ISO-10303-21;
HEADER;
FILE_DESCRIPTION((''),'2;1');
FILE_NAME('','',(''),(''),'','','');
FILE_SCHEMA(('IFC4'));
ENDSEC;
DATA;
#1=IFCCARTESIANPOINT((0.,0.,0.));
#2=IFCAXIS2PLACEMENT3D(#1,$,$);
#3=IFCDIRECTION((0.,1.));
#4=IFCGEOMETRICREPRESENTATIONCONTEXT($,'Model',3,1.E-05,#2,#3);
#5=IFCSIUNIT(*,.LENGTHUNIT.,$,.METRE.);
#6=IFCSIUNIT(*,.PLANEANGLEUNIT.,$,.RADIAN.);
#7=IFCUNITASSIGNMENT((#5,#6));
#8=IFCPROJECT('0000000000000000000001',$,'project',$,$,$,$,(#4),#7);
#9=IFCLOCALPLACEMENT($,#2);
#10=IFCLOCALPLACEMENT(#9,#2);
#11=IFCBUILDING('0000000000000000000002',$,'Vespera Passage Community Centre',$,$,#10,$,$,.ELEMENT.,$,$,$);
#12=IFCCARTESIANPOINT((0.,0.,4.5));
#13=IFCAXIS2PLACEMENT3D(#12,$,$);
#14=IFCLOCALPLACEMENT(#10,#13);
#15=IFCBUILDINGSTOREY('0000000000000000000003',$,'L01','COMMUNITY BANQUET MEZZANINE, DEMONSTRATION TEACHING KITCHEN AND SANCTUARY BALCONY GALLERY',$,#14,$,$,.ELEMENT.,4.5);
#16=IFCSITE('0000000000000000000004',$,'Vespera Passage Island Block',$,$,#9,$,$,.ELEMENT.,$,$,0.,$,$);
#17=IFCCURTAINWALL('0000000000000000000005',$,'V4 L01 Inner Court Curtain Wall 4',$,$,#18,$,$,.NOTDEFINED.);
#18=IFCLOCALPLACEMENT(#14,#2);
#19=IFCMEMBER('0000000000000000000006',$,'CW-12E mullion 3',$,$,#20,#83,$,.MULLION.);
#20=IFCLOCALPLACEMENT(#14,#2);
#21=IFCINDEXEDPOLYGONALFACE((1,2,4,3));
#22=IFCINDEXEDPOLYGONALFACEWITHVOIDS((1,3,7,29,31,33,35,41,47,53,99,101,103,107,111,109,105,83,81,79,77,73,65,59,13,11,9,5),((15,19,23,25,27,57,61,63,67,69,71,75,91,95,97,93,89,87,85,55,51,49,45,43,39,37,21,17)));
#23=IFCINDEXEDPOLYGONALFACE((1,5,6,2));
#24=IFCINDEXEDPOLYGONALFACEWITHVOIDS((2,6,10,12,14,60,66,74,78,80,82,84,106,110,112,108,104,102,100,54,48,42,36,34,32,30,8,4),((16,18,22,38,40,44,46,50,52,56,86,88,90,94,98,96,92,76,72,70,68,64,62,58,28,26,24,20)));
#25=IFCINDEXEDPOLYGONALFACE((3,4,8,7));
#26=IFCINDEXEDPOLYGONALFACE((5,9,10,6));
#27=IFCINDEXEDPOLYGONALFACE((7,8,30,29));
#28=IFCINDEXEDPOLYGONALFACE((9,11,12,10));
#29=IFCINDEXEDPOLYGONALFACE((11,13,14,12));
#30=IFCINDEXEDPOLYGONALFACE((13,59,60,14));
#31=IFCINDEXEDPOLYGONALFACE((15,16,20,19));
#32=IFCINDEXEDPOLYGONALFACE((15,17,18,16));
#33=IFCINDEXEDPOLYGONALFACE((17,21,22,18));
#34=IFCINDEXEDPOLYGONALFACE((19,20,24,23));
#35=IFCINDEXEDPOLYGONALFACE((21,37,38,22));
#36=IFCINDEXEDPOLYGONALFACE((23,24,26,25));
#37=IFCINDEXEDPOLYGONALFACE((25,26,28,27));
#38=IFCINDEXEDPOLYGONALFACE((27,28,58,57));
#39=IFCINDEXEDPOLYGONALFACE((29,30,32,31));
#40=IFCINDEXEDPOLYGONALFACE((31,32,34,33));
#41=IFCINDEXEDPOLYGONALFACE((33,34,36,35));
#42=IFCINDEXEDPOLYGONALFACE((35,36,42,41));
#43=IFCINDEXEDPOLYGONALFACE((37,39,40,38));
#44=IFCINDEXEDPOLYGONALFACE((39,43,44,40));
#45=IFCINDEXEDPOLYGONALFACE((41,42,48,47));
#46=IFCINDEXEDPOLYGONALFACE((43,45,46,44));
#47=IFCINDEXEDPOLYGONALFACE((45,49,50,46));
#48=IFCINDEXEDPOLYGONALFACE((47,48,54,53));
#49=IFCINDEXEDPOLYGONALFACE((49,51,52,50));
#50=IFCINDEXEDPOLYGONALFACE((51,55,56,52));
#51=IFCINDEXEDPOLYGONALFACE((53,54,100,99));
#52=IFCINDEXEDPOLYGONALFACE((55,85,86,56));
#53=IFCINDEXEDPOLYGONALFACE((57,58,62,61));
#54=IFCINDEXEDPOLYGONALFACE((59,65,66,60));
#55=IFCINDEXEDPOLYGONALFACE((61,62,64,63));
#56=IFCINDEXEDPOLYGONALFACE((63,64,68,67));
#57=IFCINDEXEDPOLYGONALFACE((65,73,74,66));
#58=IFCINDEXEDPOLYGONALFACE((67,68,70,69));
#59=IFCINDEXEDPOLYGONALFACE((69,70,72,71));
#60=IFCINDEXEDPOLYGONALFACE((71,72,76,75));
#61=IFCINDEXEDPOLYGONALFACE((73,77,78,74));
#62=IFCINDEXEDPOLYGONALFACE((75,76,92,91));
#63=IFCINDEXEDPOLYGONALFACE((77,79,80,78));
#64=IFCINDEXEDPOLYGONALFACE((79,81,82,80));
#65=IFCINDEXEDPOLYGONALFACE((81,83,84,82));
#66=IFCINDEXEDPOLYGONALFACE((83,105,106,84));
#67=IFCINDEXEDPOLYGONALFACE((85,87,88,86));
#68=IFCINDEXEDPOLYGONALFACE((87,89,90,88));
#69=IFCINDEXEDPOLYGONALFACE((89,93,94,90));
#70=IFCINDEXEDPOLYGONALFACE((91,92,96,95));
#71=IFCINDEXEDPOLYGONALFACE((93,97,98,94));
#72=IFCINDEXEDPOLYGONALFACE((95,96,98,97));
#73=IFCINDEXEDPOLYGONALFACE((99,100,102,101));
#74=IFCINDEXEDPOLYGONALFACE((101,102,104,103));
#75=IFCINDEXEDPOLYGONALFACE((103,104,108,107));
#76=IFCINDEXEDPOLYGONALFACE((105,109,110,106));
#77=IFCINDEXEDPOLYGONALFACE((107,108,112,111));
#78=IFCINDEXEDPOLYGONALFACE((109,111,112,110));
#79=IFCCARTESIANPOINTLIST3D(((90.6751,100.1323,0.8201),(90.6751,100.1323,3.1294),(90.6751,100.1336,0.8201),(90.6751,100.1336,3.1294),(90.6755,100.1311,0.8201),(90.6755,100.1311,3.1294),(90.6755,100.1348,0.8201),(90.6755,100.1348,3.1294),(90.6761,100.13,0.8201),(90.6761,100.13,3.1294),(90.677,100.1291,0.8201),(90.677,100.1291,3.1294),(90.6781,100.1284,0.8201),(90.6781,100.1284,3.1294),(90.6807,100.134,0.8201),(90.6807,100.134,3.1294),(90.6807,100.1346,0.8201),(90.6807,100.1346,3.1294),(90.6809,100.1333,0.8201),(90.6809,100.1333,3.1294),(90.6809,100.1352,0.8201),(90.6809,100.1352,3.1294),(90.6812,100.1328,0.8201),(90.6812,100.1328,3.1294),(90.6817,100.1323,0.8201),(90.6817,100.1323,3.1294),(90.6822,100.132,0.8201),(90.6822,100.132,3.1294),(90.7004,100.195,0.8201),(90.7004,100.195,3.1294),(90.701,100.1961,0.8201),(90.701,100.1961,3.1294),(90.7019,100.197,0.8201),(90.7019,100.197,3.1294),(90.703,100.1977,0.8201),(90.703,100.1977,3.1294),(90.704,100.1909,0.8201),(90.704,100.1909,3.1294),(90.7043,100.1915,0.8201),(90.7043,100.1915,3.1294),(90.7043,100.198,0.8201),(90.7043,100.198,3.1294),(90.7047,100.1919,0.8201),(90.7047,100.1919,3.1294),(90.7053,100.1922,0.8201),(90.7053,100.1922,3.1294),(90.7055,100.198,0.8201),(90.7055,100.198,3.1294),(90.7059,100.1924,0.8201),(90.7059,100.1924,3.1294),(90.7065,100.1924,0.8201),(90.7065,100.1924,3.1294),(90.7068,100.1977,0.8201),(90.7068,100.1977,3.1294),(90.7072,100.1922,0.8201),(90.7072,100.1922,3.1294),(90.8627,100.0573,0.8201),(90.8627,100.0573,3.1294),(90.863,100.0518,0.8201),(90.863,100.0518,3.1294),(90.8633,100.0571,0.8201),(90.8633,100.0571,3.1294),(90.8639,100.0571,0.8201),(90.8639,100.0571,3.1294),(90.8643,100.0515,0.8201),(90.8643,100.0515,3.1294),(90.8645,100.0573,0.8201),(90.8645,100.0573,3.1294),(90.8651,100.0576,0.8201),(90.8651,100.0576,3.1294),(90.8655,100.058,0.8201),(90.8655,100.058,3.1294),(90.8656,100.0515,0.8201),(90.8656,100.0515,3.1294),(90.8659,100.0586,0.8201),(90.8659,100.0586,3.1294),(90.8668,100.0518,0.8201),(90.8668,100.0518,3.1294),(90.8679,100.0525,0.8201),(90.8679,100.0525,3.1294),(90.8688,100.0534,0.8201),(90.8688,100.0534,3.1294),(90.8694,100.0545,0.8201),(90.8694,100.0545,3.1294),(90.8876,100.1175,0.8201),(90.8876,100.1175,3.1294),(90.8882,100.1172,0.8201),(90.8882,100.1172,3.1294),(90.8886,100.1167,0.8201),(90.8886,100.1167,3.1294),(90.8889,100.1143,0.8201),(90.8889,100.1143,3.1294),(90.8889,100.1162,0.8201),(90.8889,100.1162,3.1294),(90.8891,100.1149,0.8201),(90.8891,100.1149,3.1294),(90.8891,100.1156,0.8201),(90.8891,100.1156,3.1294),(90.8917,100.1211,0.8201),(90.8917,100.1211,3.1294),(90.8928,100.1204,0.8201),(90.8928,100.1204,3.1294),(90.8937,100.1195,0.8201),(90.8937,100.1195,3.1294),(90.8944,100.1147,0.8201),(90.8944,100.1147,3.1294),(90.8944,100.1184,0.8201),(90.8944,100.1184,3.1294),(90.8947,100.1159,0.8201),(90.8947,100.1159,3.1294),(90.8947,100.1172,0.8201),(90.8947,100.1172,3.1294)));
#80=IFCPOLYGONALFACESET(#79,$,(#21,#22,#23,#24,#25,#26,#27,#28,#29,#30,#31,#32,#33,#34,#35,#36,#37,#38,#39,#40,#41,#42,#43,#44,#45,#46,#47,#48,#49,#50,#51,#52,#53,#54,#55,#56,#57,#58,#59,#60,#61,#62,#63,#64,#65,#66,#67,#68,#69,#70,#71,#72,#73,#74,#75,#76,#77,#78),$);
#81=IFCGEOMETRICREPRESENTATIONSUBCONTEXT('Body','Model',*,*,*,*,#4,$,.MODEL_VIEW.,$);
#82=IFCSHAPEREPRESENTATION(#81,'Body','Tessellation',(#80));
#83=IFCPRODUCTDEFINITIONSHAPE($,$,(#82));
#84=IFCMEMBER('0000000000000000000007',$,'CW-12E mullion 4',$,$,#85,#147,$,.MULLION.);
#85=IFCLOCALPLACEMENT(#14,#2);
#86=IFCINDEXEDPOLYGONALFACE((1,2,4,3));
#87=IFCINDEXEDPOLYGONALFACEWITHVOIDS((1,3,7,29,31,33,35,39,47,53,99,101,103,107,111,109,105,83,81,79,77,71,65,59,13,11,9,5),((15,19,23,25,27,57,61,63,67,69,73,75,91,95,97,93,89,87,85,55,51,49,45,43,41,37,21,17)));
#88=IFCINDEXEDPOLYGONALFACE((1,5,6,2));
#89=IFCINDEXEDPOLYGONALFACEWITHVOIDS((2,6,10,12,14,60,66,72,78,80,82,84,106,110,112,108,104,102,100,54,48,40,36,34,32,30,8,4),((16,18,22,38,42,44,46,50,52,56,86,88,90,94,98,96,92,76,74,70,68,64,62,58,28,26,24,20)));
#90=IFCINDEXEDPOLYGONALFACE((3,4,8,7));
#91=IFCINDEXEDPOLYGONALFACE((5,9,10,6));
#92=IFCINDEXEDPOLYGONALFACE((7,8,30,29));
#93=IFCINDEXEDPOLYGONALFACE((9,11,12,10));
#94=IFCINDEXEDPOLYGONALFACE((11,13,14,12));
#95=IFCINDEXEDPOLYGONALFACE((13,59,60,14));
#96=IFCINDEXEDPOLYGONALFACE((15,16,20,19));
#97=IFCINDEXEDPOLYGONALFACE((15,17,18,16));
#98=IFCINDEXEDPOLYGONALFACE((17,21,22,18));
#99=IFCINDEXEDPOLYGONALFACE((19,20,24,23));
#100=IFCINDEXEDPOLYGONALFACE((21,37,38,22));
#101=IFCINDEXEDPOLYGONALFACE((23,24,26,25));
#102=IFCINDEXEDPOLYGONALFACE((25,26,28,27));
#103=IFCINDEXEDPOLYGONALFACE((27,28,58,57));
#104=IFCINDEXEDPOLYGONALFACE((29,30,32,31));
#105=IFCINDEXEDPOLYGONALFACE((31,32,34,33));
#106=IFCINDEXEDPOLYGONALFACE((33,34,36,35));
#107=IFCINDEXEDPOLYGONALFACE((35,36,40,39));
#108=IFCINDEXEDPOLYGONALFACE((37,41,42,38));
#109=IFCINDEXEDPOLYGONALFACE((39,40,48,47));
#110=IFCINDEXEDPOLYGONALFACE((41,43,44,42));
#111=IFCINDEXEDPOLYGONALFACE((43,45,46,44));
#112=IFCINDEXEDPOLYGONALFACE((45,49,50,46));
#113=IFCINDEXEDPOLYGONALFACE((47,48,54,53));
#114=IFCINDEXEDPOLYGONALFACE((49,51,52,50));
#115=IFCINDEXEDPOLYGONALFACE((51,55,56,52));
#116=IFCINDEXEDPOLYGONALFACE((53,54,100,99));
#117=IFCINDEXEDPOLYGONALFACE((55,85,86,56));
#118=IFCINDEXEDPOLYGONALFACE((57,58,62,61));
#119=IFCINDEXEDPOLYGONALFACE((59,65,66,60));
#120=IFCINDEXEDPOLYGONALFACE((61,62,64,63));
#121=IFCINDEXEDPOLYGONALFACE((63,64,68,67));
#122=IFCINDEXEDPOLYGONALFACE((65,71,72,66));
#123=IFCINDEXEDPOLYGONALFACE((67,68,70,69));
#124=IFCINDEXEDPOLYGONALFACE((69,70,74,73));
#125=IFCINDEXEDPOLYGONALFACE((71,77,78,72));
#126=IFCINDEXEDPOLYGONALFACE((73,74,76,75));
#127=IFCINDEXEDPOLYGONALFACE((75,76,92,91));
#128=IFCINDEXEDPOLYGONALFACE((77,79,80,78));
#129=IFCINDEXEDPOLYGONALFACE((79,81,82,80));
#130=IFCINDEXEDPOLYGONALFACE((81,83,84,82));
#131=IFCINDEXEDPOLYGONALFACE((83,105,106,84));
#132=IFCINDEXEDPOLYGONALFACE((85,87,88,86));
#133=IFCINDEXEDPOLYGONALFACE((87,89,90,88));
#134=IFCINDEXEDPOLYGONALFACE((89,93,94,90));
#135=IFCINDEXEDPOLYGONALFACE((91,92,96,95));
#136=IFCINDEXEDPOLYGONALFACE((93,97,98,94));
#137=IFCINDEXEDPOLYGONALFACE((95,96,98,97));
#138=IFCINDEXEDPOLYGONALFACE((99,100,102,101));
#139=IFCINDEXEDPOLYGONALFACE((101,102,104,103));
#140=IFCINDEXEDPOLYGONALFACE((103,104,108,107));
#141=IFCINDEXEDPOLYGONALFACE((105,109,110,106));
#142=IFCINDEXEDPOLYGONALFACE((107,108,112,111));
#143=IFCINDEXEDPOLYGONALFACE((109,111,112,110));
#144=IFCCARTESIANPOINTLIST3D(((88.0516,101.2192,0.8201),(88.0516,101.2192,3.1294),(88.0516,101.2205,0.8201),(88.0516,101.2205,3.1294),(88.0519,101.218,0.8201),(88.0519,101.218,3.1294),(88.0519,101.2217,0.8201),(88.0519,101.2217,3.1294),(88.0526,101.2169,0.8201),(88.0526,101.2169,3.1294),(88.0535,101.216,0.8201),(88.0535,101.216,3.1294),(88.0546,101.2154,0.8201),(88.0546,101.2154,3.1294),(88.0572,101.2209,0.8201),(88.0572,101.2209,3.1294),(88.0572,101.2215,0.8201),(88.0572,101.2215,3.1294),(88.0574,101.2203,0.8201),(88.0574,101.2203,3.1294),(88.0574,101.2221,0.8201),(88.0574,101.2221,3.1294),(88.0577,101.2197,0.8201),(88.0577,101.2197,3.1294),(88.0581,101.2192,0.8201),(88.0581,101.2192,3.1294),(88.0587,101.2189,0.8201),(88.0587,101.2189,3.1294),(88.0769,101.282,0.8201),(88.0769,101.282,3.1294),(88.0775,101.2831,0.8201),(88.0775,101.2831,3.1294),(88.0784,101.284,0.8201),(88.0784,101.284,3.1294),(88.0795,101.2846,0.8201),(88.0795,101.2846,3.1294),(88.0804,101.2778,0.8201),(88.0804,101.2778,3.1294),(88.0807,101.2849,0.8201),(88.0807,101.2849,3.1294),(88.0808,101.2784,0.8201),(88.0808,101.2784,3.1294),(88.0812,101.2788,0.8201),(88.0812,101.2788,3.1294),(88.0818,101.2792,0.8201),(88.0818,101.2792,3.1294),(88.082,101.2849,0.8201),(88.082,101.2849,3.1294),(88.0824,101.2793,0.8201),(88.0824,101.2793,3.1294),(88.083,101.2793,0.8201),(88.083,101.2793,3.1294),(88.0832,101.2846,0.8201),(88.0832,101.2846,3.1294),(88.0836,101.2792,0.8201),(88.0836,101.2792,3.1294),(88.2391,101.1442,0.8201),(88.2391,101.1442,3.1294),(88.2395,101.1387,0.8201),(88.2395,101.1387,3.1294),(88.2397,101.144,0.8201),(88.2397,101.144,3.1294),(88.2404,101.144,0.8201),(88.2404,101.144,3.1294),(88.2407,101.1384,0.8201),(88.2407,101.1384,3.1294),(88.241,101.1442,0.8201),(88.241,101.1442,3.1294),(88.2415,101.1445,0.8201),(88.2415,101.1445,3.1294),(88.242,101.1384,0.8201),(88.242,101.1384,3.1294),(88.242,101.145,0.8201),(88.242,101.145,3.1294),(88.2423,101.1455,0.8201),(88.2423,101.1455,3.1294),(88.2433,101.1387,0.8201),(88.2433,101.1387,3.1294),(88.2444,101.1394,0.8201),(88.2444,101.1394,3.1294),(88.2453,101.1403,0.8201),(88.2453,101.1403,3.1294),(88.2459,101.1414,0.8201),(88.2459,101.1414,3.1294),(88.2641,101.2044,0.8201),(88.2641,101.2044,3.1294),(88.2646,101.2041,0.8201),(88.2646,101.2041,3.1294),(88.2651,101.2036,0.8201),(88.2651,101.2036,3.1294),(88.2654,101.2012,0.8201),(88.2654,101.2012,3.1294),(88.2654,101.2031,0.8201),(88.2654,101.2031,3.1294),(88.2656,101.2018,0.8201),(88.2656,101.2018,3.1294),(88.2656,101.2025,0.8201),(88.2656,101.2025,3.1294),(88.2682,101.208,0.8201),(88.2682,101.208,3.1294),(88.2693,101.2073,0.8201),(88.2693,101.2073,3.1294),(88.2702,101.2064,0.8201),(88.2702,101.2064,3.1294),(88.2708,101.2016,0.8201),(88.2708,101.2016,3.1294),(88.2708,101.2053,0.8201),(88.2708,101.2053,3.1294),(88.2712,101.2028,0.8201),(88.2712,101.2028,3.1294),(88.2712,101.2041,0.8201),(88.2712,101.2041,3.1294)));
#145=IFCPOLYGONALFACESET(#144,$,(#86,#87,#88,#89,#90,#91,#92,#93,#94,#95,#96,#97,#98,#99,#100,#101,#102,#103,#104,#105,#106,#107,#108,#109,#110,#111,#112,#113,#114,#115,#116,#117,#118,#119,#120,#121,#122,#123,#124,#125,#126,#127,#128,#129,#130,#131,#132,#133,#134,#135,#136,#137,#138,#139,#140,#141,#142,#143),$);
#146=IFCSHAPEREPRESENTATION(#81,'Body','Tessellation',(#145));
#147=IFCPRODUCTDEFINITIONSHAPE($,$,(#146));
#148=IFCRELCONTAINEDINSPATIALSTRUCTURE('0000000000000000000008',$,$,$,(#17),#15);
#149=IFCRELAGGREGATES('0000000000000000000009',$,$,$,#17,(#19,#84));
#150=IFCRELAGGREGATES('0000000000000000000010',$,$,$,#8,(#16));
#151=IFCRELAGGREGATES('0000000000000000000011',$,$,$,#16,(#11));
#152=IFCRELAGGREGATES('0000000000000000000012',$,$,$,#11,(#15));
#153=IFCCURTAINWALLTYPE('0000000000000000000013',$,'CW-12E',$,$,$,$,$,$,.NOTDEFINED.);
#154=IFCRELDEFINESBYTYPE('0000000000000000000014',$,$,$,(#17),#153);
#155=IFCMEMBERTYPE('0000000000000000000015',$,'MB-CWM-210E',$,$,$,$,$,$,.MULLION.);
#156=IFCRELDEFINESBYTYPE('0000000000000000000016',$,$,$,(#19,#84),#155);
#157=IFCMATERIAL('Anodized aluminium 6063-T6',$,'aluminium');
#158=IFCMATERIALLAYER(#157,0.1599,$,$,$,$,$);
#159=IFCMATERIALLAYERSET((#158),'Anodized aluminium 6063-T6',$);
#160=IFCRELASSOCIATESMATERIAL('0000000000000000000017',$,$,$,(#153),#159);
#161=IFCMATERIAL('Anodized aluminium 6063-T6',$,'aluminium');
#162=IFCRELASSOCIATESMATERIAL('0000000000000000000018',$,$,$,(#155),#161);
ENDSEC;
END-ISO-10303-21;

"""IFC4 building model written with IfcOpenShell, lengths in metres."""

from ifc_helpers import new_model, si_unit, direction, frame, origin, origin_2d, place, context, subcontext, project, spatial, hollow_rectangle, extrude, material, layer, layer_set, material_profile, profile_set, type_object, element, aggregate, save


model = new_model("IFC4")

# Units and contexts
model_context = context("Model", 3, precision=1e-05, world=origin(), true_north=direction((0.0, 1.0)))
body_context = subcontext(model_context, "Body", "Model", "MODEL_VIEW")
ifc_project = project(units=[si_unit("LENGTHUNIT", "METRE"), si_unit("PLANEANGLEUNIT", "RADIAN")], contexts=[model_context])

# Site, building, storey
site_placement = place(None, origin())
site = spatial("IfcSite", under=ifc_project, at=site_placement, Name="Vespera Passage Island Block", CompositionType="ELEMENT", RefElevation=0.0)
building_placement = place(site_placement, origin())
building = spatial("IfcBuilding", under=site, at=building_placement, Name="Vespera Passage Community Centre", CompositionType="ELEMENT")
storey_placement = place(building_placement, frame((0.0, 0.0, 4.5)))
storey = spatial("IfcBuildingStorey", under=building, at=storey_placement, Name="L01", Description="COMMUNITY BANQUET MEZZANINE, DEMONSTRATION TEACHING KITCHEN AND SANCTUARY BALCONY GALLERY", CompositionType="ELEMENT", Elevation=4.5)

# Curtain wall, members
ifc_material_1 = material(Name="Anodized aluminium 6063-T6", Category="aluminium")
ifc_layer_1 = layer(ifc_material_1, 0.1599)
ifc_layer_set_1 = layer_set([ifc_layer_1], Name="Anodized aluminium 6063-T6")
curtain_wall_type = type_object("IfcCurtainWallType", Name="CW-12E", PredefinedType="NOTDEFINED", material=ifc_layer_set_1)
curtain_wall_placement = place(storey_placement, origin())
curtain_wall = element("IfcCurtainWall", 1, at=curtain_wall_placement, inside=storey, type_object=curtain_wall_type, Name="V4 L01 Inner Court Curtain Wall 4", PredefinedType="NOTDEFINED")
ifc_material_2 = material(Name="Anodized aluminium 6063-T6", Category="aluminium")
ifc_material_profile_1 = material_profile(ifc_material_2, hollow_rectangle(XDim=0.075, YDim=0.21, WallThickness=0.0049, InnerFilletRadius=0.0024, OuterFilletRadius=0.0049, at=origin_2d()), Name="ALU210X75X5")
ifc_profile_set_1 = profile_set([ifc_material_profile_1], Name="Anodized aluminium 6063-T6")
member_type_1 = type_object("IfcMemberType", Name="MB-CWM-210E", PredefinedType="MULLION", material=ifc_profile_set_1)
member_1_placement = place(storey_placement, frame((90.7849, 100.1248, 0.8201), z_axis=(0.0, 0.0, 1.0), x_axis=(-0.38269, -0.923877, 0.0)))
member_1 = element("IfcMember", 2, at=member_1_placement, type_object=member_type_1, Name="CW-12E mullion 3", PredefinedType="MULLION", context=body_context, shape_type="SweptSolid", body=[
    extrude(hollow_rectangle(XDim=0.075, YDim=0.21, WallThickness=0.0049, InnerFilletRadius=0.0024, OuterFilletRadius=0.0049, at=origin_2d()), origin(), (0.0, 0.0, 1.0), 2.3093),
])
member_2_placement = place(storey_placement, frame((88.1614, 101.2117, 0.8201), z_axis=(0.0, 0.0, 1.0), x_axis=(-0.38269, -0.923877, 0.0)))
member_2 = element("IfcMember", 3, at=member_2_placement, type_object=member_type_1, Name="CW-12E mullion 4", PredefinedType="MULLION", context=body_context, shape_type="SweptSolid", body=[
    extrude(hollow_rectangle(XDim=0.075, YDim=0.21, WallThickness=0.0049, InnerFilletRadius=0.0024, OuterFilletRadius=0.0049, at=origin_2d()), origin(), (0.0, 0.0, 1.0), 2.3093),
])
aggregate(curtain_wall, [member_1, member_2])

save(model, "model.ifc")
